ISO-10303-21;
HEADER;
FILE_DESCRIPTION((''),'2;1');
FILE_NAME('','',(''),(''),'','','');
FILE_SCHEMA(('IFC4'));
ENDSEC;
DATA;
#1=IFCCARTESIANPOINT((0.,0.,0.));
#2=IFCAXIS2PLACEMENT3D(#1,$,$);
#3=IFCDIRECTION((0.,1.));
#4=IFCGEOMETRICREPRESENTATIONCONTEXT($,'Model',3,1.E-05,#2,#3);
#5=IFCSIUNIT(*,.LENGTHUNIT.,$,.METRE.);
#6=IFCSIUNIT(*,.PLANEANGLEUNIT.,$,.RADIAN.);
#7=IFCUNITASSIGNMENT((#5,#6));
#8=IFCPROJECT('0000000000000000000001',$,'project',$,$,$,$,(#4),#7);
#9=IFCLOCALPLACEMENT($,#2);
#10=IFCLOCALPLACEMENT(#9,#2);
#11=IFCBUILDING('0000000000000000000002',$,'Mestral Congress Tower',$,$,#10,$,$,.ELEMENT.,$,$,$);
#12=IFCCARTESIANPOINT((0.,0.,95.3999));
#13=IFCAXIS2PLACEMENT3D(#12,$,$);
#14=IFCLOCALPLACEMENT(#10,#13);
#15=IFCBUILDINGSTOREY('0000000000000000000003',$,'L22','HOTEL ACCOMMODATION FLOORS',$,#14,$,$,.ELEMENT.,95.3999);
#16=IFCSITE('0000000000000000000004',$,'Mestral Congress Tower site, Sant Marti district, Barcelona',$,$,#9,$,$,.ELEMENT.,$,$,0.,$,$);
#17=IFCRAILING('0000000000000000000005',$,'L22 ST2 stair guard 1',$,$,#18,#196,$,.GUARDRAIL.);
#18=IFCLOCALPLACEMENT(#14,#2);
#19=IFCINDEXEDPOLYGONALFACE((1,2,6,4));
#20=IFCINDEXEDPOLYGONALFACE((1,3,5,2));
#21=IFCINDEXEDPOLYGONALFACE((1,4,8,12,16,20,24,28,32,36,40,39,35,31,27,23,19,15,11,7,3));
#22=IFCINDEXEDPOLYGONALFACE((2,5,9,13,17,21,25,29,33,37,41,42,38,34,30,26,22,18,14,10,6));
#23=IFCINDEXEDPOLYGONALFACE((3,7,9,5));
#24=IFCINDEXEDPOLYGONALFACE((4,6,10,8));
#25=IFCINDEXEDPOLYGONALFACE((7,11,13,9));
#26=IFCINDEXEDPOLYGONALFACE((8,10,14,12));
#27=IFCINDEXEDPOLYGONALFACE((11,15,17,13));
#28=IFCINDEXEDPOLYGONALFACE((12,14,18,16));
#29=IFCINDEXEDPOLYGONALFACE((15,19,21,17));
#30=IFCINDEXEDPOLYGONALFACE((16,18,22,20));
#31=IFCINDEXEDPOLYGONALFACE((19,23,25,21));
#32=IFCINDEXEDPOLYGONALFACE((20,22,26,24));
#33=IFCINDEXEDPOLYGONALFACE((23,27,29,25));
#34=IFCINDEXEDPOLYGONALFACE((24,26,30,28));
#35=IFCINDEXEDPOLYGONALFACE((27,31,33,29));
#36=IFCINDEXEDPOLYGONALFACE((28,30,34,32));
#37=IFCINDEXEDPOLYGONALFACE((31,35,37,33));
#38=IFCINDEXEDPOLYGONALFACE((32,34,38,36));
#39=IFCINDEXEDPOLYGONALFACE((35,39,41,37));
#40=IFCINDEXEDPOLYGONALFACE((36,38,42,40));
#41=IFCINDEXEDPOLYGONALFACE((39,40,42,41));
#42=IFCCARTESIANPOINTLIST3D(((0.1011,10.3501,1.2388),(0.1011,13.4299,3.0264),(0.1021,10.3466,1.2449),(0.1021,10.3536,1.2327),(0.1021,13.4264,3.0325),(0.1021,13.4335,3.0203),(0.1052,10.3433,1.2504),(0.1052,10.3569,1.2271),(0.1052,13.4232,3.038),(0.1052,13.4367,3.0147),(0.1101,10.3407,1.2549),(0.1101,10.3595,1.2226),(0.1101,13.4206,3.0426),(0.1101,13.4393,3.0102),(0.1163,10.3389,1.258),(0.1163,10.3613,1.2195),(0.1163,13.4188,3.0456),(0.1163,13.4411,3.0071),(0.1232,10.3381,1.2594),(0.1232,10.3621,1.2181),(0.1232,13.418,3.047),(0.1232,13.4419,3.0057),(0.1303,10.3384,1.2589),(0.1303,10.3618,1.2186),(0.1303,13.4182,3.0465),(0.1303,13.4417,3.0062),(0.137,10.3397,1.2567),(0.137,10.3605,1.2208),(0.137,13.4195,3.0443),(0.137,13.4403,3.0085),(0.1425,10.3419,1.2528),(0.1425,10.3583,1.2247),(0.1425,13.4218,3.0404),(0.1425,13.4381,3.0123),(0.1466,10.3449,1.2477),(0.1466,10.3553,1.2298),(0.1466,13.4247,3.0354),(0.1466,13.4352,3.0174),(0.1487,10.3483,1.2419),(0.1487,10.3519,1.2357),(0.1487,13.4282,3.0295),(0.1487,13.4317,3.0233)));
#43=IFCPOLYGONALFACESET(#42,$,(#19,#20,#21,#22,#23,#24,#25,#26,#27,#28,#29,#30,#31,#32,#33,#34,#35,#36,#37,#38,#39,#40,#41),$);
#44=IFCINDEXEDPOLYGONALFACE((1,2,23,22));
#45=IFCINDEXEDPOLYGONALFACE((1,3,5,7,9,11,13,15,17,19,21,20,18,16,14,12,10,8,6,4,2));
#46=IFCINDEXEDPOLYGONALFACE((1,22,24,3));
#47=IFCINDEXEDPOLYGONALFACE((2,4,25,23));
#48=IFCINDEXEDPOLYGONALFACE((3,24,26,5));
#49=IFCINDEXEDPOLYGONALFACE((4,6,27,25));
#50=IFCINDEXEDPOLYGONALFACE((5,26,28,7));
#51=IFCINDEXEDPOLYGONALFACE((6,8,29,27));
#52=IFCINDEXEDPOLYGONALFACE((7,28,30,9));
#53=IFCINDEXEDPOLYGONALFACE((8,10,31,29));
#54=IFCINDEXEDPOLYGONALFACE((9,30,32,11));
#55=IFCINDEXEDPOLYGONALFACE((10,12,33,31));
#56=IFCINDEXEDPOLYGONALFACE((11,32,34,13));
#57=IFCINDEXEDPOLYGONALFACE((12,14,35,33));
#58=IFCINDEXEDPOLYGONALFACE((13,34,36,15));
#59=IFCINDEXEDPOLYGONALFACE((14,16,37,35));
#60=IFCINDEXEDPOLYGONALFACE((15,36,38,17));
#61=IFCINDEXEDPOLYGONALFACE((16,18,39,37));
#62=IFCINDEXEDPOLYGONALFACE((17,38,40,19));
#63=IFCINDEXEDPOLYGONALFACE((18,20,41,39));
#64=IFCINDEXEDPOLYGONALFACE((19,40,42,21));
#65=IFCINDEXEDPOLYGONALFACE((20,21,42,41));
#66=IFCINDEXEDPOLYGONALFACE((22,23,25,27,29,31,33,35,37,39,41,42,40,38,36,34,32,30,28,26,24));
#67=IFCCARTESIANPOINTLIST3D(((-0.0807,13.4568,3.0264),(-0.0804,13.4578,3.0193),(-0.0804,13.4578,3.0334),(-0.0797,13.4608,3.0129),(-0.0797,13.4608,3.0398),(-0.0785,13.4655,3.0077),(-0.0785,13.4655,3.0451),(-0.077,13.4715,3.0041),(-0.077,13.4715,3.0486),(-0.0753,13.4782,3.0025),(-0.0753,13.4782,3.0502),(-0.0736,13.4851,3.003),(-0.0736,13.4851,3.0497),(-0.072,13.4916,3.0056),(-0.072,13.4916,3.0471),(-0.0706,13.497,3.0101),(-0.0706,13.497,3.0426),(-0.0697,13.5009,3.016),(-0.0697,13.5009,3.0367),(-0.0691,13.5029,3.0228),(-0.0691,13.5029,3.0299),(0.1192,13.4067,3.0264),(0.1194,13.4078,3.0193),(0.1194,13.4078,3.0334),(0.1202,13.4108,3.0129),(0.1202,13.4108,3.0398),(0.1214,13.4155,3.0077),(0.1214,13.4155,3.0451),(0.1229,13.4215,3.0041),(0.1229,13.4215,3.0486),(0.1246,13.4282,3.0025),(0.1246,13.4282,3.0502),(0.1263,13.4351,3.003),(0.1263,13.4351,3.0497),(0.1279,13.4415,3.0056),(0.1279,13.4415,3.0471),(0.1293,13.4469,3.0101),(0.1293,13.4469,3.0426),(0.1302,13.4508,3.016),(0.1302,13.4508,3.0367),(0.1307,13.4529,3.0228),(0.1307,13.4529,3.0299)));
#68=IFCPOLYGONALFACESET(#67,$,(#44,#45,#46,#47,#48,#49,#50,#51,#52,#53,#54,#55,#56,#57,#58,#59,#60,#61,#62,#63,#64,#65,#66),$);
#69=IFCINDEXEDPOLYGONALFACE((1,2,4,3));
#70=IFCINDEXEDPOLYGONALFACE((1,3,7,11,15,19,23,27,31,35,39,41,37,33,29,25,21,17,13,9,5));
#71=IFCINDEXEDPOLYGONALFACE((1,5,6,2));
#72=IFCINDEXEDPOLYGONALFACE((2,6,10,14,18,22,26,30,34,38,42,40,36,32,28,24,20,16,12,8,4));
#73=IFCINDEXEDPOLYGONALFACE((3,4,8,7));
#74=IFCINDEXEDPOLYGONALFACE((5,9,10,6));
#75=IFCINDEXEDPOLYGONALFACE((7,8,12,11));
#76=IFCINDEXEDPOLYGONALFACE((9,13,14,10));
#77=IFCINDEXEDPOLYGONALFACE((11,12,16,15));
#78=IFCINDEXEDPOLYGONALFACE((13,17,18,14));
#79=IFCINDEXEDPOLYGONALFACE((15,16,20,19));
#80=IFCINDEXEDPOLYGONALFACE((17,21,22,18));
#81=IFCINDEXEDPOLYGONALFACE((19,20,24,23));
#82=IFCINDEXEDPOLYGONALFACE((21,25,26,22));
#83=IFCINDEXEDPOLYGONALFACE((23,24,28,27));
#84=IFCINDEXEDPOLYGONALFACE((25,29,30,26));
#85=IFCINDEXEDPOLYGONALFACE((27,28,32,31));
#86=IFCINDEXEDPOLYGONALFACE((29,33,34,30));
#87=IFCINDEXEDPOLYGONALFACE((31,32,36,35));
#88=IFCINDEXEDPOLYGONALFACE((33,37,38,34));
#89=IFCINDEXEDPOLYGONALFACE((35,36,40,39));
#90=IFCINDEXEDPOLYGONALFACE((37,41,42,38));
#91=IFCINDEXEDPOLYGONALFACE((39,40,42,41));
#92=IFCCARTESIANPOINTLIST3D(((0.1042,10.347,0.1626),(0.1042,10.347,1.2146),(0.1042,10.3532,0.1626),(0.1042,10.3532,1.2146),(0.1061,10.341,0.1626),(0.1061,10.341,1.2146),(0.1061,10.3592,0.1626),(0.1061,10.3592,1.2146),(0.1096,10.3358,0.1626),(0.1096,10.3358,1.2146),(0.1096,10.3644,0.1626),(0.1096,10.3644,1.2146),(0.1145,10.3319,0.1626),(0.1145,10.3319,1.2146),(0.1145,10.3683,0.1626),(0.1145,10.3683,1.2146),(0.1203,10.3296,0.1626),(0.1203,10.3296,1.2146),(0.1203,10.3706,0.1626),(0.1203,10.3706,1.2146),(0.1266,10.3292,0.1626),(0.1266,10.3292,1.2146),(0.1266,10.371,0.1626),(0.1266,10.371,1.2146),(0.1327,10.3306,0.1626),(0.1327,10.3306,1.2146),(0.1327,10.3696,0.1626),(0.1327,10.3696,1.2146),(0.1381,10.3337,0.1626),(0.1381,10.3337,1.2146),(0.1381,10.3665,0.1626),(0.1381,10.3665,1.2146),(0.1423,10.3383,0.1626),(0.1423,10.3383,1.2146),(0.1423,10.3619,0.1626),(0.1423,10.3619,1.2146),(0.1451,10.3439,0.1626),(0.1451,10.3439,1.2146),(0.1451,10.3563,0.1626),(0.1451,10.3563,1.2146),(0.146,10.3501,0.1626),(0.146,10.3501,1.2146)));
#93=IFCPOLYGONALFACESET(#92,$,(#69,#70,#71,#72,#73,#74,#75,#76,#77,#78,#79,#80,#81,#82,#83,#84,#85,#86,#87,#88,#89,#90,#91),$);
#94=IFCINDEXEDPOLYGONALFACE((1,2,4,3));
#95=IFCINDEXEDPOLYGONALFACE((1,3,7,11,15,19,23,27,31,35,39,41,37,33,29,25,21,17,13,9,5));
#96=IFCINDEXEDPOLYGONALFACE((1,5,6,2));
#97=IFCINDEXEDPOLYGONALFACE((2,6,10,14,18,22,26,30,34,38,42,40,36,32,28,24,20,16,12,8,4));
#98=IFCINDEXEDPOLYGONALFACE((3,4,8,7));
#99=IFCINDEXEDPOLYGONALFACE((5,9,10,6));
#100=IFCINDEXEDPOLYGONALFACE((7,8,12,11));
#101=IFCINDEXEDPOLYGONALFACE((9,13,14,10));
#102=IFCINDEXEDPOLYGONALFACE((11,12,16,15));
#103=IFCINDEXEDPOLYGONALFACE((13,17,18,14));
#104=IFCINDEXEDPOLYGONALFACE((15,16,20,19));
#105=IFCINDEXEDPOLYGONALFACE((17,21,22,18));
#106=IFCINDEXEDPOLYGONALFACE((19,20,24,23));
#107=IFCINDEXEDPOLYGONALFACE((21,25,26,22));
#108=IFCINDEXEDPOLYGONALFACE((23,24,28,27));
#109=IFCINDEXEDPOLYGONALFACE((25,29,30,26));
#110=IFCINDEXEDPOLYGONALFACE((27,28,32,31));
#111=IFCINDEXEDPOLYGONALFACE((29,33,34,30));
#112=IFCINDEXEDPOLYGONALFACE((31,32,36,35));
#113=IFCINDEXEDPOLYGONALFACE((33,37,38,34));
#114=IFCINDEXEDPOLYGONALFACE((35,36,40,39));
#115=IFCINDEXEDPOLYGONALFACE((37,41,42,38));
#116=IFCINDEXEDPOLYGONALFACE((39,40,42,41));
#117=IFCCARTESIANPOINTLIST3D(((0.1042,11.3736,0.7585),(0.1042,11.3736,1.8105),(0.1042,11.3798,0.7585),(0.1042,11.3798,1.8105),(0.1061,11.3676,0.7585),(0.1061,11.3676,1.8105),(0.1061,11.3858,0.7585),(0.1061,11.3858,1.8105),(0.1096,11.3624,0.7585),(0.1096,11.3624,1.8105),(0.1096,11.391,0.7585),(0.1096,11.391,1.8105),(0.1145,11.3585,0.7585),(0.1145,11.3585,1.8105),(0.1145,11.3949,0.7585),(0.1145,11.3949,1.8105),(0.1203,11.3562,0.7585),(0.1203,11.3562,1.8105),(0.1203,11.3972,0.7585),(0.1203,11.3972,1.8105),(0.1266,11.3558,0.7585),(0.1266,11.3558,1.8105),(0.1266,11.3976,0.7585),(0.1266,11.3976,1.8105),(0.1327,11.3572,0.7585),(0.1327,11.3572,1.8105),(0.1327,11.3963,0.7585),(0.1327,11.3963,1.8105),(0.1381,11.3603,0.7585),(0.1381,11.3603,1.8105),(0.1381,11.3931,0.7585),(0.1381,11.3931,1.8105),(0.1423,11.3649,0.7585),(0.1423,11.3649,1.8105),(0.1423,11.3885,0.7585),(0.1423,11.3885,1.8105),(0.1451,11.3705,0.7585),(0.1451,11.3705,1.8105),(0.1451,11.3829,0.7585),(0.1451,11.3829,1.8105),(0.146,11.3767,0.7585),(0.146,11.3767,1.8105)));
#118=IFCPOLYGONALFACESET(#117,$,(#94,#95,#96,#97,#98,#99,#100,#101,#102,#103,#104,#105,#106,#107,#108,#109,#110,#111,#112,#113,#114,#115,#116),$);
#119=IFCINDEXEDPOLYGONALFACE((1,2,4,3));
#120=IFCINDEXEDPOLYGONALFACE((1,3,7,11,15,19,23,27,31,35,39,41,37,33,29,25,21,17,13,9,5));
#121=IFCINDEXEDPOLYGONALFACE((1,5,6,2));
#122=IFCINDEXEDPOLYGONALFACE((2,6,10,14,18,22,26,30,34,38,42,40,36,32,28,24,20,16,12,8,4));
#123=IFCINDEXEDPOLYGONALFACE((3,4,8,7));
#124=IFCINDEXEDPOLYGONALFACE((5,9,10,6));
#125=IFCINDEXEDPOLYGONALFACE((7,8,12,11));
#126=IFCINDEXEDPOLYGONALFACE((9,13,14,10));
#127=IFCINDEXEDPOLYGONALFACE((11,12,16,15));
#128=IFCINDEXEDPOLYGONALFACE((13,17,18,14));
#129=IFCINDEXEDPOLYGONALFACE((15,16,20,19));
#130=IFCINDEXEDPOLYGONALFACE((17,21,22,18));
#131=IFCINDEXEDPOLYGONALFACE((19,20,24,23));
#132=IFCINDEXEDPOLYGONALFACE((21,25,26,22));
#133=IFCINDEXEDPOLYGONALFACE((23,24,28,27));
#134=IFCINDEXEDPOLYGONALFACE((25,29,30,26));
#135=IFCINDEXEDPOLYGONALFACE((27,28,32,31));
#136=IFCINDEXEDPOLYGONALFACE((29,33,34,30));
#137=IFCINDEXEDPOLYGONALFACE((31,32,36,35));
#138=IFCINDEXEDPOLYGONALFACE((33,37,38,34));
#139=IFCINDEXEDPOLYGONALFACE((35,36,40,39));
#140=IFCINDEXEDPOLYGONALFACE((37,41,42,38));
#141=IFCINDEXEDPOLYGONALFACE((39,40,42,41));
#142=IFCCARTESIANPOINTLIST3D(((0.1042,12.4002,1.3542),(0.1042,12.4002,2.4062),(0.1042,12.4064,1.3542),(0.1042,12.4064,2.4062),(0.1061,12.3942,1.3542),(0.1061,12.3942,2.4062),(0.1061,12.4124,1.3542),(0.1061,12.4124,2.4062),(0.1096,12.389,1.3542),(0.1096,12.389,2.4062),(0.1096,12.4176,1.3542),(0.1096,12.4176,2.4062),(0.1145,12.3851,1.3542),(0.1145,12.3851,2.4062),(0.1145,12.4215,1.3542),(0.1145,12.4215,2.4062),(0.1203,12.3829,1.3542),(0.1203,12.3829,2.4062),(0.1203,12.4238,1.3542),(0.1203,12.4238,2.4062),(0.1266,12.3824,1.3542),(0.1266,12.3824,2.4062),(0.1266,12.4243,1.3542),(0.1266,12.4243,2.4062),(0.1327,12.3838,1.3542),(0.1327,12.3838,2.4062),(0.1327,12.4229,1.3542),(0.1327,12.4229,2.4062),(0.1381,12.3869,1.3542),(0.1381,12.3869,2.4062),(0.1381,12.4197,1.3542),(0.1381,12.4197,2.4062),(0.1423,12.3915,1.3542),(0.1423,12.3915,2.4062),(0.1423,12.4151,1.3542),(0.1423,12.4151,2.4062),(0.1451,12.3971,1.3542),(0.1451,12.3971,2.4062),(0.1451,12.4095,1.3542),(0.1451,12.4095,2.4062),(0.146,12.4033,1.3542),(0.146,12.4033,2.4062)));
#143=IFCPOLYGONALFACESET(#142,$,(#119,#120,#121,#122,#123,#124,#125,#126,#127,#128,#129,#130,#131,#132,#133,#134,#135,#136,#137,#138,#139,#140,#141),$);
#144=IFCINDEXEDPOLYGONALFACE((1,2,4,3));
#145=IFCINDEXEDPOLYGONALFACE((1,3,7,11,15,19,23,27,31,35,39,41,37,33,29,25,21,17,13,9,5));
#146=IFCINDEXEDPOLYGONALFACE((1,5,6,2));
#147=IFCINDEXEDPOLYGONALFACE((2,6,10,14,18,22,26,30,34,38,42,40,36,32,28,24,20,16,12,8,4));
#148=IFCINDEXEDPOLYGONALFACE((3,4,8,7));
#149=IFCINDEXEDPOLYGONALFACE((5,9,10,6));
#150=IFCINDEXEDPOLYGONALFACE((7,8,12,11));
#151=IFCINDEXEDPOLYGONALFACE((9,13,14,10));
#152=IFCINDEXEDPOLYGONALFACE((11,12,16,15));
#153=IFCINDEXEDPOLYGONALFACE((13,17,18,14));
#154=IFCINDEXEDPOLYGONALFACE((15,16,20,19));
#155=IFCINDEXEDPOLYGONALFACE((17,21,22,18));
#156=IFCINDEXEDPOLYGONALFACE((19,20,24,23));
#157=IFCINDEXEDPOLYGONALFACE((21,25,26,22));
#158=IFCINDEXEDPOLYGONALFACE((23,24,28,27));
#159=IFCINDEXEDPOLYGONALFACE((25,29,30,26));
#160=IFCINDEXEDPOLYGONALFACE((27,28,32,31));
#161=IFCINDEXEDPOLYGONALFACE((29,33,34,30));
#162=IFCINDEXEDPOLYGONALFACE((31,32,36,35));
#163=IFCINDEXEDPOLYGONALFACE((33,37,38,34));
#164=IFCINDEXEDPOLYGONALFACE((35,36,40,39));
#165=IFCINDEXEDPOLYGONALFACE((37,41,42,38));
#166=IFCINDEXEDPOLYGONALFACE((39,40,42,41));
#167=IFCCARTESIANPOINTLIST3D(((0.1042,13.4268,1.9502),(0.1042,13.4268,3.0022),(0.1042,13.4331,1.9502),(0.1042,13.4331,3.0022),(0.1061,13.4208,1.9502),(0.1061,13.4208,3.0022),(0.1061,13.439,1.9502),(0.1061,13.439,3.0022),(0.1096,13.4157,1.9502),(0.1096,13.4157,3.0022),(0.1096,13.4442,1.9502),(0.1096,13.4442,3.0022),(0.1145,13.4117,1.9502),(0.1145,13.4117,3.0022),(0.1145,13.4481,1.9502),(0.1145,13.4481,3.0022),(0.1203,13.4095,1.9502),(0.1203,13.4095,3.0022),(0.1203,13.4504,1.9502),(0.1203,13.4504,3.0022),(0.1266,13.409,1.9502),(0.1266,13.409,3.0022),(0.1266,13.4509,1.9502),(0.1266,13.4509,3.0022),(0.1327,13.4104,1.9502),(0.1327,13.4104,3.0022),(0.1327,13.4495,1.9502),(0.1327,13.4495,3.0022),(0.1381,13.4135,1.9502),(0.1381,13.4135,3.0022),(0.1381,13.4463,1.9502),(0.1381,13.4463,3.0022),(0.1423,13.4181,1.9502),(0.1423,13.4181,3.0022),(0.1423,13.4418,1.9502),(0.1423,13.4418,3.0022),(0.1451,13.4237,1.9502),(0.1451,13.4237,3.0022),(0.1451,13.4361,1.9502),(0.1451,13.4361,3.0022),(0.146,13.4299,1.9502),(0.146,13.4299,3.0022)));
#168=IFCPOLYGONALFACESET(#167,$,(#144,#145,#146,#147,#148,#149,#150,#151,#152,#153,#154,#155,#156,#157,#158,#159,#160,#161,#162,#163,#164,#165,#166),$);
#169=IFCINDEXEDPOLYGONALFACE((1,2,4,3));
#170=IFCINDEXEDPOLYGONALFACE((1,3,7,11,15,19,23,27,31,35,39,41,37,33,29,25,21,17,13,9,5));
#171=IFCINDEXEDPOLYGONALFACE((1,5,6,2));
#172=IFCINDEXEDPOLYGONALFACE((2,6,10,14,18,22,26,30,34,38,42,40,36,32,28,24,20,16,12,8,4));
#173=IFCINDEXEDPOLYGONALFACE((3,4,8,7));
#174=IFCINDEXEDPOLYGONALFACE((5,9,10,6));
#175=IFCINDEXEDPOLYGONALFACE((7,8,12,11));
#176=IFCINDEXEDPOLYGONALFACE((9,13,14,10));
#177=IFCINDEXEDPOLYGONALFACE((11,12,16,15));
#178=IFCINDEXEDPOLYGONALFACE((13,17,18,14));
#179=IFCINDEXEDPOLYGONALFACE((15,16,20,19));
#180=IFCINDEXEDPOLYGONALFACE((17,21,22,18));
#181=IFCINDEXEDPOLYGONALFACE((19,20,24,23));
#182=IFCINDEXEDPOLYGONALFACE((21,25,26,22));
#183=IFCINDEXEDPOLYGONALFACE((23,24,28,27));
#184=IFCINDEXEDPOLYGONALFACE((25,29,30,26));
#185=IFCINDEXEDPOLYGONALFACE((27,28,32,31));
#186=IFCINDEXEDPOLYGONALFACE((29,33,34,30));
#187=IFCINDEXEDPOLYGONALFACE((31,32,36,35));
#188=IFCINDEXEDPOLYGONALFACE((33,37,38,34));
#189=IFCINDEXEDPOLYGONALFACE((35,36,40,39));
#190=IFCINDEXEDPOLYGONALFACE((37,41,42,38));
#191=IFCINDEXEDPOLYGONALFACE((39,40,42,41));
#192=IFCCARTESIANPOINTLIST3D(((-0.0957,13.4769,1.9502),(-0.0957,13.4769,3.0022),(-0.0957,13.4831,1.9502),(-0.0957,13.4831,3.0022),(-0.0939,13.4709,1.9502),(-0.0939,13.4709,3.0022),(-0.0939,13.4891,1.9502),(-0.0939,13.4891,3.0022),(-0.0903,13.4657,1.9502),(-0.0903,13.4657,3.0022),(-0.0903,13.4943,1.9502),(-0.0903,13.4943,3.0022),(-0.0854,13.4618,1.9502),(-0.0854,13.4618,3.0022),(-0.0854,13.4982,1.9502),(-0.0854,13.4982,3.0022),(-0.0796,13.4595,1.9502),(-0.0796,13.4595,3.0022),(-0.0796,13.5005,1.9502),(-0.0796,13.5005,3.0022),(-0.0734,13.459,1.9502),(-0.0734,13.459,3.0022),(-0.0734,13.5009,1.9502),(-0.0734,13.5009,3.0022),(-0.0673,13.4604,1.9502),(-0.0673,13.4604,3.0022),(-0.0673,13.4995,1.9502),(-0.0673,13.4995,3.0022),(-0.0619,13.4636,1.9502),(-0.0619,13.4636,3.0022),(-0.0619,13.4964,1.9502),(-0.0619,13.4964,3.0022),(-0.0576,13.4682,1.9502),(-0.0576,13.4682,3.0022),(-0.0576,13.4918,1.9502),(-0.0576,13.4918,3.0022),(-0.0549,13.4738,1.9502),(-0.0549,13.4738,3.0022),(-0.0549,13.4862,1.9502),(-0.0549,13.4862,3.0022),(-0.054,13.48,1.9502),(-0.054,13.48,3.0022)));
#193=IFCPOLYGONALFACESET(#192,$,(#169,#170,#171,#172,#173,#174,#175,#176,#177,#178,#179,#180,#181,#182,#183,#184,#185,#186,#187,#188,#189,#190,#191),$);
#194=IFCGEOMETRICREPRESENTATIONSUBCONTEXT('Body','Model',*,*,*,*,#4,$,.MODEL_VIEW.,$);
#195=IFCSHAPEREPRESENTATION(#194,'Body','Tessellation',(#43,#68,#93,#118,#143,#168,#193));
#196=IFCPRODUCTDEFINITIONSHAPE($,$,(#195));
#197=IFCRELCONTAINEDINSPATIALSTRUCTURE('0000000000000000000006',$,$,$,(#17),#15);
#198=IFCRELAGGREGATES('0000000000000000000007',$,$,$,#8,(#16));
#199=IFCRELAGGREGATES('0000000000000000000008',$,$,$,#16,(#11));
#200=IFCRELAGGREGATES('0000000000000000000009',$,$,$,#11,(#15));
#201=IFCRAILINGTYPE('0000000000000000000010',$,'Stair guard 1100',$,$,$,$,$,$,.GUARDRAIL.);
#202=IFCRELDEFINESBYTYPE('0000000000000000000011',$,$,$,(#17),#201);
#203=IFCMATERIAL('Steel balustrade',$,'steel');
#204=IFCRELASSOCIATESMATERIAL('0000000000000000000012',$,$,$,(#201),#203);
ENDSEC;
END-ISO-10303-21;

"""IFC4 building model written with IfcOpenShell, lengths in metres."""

from ifc_helpers import new_model, si_unit, direction, frame, origin, origin_2d, place, context, subcontext, project, spatial, circle, extrude, material, type_object, element, save


model = new_model("IFC4")

# Units and contexts
model_context = context("Model", 3, precision=1e-05, world=origin(), true_north=direction((0.0, 1.0)))
body_context = subcontext(model_context, "Body", "Model", "MODEL_VIEW")
ifc_project = project(units=[si_unit("LENGTHUNIT", "METRE"), si_unit("PLANEANGLEUNIT", "RADIAN")], contexts=[model_context])

# Site, building, storey
site_placement = place(None, origin())
site = spatial("IfcSite", under=ifc_project, at=site_placement, Name="Mestral Congress Tower site, Sant Marti district, Barcelona", CompositionType="ELEMENT", RefElevation=0.0)
building_placement = place(site_placement, origin())
building = spatial("IfcBuilding", under=site, at=building_placement, Name="Mestral Congress Tower", CompositionType="ELEMENT")
storey_placement = place(building_placement, frame((0.0, 0.0, 95.3999)))
storey = spatial("IfcBuildingStorey", under=building, at=storey_placement, Name="L22", Description="HOTEL ACCOMMODATION FLOORS", CompositionType="ELEMENT", Elevation=95.3999)

# Railing
ifc_material_1 = material(Name="Steel balustrade", Category="steel")
railing_type = type_object("IfcRailingType", Name="Stair guard 1100", PredefinedType="GUARDRAIL", material=ifc_material_1)
railing_1_placement = place(storey_placement, frame((0.125, 10.3501, 0.1626)))
element("IfcRailing", 1, at=railing_1_placement, inside=storey, type_object=railing_type, Name="L22 ST2 stair guard 1", PredefinedType="GUARDRAIL", context=body_context, shape_type="SweptSolid", body=[
    extrude(circle(Radius=0.0239, at=origin_2d()), frame((0.0, 0.0, 1.0762), z_axis=(0.0, 0.864873, 0.50199), x_axis=(-1.0, 0.0, 0.0)), (0.0, 0.0, 1.0), 3.561),
    extrude(circle(Radius=0.0239, at=origin_2d()), frame((0.0, 3.0798, 2.8638), z_axis=(-0.970073, 0.242814, 0.0), x_axis=(-0.242814, -0.970073, 0.0)), (0.0, 0.0, 1.0), 0.2061),
    extrude(circle(Radius=0.021, at=origin_2d()), origin(), (0.0, 0.0, 1.0), 1.052),
    extrude(circle(Radius=0.021, at=origin_2d()), frame((0.0, 1.0266, 0.5959)), (0.0, 0.0, 1.0), 1.052),
    extrude(circle(Radius=0.021, at=origin_2d()), frame((0.0, 2.0532, 1.1917)), (0.0, 0.0, 1.0), 1.052),
    extrude(circle(Radius=0.021, at=origin_2d()), frame((0.0, 3.0798, 1.7876)), (0.0, 0.0, 1.0), 1.052),
    extrude(circle(Radius=0.021, at=origin_2d()), frame((-0.2, 3.1299, 1.7876)), (0.0, 0.0, 1.0), 1.052),
])

save(model, "model.ifc")
